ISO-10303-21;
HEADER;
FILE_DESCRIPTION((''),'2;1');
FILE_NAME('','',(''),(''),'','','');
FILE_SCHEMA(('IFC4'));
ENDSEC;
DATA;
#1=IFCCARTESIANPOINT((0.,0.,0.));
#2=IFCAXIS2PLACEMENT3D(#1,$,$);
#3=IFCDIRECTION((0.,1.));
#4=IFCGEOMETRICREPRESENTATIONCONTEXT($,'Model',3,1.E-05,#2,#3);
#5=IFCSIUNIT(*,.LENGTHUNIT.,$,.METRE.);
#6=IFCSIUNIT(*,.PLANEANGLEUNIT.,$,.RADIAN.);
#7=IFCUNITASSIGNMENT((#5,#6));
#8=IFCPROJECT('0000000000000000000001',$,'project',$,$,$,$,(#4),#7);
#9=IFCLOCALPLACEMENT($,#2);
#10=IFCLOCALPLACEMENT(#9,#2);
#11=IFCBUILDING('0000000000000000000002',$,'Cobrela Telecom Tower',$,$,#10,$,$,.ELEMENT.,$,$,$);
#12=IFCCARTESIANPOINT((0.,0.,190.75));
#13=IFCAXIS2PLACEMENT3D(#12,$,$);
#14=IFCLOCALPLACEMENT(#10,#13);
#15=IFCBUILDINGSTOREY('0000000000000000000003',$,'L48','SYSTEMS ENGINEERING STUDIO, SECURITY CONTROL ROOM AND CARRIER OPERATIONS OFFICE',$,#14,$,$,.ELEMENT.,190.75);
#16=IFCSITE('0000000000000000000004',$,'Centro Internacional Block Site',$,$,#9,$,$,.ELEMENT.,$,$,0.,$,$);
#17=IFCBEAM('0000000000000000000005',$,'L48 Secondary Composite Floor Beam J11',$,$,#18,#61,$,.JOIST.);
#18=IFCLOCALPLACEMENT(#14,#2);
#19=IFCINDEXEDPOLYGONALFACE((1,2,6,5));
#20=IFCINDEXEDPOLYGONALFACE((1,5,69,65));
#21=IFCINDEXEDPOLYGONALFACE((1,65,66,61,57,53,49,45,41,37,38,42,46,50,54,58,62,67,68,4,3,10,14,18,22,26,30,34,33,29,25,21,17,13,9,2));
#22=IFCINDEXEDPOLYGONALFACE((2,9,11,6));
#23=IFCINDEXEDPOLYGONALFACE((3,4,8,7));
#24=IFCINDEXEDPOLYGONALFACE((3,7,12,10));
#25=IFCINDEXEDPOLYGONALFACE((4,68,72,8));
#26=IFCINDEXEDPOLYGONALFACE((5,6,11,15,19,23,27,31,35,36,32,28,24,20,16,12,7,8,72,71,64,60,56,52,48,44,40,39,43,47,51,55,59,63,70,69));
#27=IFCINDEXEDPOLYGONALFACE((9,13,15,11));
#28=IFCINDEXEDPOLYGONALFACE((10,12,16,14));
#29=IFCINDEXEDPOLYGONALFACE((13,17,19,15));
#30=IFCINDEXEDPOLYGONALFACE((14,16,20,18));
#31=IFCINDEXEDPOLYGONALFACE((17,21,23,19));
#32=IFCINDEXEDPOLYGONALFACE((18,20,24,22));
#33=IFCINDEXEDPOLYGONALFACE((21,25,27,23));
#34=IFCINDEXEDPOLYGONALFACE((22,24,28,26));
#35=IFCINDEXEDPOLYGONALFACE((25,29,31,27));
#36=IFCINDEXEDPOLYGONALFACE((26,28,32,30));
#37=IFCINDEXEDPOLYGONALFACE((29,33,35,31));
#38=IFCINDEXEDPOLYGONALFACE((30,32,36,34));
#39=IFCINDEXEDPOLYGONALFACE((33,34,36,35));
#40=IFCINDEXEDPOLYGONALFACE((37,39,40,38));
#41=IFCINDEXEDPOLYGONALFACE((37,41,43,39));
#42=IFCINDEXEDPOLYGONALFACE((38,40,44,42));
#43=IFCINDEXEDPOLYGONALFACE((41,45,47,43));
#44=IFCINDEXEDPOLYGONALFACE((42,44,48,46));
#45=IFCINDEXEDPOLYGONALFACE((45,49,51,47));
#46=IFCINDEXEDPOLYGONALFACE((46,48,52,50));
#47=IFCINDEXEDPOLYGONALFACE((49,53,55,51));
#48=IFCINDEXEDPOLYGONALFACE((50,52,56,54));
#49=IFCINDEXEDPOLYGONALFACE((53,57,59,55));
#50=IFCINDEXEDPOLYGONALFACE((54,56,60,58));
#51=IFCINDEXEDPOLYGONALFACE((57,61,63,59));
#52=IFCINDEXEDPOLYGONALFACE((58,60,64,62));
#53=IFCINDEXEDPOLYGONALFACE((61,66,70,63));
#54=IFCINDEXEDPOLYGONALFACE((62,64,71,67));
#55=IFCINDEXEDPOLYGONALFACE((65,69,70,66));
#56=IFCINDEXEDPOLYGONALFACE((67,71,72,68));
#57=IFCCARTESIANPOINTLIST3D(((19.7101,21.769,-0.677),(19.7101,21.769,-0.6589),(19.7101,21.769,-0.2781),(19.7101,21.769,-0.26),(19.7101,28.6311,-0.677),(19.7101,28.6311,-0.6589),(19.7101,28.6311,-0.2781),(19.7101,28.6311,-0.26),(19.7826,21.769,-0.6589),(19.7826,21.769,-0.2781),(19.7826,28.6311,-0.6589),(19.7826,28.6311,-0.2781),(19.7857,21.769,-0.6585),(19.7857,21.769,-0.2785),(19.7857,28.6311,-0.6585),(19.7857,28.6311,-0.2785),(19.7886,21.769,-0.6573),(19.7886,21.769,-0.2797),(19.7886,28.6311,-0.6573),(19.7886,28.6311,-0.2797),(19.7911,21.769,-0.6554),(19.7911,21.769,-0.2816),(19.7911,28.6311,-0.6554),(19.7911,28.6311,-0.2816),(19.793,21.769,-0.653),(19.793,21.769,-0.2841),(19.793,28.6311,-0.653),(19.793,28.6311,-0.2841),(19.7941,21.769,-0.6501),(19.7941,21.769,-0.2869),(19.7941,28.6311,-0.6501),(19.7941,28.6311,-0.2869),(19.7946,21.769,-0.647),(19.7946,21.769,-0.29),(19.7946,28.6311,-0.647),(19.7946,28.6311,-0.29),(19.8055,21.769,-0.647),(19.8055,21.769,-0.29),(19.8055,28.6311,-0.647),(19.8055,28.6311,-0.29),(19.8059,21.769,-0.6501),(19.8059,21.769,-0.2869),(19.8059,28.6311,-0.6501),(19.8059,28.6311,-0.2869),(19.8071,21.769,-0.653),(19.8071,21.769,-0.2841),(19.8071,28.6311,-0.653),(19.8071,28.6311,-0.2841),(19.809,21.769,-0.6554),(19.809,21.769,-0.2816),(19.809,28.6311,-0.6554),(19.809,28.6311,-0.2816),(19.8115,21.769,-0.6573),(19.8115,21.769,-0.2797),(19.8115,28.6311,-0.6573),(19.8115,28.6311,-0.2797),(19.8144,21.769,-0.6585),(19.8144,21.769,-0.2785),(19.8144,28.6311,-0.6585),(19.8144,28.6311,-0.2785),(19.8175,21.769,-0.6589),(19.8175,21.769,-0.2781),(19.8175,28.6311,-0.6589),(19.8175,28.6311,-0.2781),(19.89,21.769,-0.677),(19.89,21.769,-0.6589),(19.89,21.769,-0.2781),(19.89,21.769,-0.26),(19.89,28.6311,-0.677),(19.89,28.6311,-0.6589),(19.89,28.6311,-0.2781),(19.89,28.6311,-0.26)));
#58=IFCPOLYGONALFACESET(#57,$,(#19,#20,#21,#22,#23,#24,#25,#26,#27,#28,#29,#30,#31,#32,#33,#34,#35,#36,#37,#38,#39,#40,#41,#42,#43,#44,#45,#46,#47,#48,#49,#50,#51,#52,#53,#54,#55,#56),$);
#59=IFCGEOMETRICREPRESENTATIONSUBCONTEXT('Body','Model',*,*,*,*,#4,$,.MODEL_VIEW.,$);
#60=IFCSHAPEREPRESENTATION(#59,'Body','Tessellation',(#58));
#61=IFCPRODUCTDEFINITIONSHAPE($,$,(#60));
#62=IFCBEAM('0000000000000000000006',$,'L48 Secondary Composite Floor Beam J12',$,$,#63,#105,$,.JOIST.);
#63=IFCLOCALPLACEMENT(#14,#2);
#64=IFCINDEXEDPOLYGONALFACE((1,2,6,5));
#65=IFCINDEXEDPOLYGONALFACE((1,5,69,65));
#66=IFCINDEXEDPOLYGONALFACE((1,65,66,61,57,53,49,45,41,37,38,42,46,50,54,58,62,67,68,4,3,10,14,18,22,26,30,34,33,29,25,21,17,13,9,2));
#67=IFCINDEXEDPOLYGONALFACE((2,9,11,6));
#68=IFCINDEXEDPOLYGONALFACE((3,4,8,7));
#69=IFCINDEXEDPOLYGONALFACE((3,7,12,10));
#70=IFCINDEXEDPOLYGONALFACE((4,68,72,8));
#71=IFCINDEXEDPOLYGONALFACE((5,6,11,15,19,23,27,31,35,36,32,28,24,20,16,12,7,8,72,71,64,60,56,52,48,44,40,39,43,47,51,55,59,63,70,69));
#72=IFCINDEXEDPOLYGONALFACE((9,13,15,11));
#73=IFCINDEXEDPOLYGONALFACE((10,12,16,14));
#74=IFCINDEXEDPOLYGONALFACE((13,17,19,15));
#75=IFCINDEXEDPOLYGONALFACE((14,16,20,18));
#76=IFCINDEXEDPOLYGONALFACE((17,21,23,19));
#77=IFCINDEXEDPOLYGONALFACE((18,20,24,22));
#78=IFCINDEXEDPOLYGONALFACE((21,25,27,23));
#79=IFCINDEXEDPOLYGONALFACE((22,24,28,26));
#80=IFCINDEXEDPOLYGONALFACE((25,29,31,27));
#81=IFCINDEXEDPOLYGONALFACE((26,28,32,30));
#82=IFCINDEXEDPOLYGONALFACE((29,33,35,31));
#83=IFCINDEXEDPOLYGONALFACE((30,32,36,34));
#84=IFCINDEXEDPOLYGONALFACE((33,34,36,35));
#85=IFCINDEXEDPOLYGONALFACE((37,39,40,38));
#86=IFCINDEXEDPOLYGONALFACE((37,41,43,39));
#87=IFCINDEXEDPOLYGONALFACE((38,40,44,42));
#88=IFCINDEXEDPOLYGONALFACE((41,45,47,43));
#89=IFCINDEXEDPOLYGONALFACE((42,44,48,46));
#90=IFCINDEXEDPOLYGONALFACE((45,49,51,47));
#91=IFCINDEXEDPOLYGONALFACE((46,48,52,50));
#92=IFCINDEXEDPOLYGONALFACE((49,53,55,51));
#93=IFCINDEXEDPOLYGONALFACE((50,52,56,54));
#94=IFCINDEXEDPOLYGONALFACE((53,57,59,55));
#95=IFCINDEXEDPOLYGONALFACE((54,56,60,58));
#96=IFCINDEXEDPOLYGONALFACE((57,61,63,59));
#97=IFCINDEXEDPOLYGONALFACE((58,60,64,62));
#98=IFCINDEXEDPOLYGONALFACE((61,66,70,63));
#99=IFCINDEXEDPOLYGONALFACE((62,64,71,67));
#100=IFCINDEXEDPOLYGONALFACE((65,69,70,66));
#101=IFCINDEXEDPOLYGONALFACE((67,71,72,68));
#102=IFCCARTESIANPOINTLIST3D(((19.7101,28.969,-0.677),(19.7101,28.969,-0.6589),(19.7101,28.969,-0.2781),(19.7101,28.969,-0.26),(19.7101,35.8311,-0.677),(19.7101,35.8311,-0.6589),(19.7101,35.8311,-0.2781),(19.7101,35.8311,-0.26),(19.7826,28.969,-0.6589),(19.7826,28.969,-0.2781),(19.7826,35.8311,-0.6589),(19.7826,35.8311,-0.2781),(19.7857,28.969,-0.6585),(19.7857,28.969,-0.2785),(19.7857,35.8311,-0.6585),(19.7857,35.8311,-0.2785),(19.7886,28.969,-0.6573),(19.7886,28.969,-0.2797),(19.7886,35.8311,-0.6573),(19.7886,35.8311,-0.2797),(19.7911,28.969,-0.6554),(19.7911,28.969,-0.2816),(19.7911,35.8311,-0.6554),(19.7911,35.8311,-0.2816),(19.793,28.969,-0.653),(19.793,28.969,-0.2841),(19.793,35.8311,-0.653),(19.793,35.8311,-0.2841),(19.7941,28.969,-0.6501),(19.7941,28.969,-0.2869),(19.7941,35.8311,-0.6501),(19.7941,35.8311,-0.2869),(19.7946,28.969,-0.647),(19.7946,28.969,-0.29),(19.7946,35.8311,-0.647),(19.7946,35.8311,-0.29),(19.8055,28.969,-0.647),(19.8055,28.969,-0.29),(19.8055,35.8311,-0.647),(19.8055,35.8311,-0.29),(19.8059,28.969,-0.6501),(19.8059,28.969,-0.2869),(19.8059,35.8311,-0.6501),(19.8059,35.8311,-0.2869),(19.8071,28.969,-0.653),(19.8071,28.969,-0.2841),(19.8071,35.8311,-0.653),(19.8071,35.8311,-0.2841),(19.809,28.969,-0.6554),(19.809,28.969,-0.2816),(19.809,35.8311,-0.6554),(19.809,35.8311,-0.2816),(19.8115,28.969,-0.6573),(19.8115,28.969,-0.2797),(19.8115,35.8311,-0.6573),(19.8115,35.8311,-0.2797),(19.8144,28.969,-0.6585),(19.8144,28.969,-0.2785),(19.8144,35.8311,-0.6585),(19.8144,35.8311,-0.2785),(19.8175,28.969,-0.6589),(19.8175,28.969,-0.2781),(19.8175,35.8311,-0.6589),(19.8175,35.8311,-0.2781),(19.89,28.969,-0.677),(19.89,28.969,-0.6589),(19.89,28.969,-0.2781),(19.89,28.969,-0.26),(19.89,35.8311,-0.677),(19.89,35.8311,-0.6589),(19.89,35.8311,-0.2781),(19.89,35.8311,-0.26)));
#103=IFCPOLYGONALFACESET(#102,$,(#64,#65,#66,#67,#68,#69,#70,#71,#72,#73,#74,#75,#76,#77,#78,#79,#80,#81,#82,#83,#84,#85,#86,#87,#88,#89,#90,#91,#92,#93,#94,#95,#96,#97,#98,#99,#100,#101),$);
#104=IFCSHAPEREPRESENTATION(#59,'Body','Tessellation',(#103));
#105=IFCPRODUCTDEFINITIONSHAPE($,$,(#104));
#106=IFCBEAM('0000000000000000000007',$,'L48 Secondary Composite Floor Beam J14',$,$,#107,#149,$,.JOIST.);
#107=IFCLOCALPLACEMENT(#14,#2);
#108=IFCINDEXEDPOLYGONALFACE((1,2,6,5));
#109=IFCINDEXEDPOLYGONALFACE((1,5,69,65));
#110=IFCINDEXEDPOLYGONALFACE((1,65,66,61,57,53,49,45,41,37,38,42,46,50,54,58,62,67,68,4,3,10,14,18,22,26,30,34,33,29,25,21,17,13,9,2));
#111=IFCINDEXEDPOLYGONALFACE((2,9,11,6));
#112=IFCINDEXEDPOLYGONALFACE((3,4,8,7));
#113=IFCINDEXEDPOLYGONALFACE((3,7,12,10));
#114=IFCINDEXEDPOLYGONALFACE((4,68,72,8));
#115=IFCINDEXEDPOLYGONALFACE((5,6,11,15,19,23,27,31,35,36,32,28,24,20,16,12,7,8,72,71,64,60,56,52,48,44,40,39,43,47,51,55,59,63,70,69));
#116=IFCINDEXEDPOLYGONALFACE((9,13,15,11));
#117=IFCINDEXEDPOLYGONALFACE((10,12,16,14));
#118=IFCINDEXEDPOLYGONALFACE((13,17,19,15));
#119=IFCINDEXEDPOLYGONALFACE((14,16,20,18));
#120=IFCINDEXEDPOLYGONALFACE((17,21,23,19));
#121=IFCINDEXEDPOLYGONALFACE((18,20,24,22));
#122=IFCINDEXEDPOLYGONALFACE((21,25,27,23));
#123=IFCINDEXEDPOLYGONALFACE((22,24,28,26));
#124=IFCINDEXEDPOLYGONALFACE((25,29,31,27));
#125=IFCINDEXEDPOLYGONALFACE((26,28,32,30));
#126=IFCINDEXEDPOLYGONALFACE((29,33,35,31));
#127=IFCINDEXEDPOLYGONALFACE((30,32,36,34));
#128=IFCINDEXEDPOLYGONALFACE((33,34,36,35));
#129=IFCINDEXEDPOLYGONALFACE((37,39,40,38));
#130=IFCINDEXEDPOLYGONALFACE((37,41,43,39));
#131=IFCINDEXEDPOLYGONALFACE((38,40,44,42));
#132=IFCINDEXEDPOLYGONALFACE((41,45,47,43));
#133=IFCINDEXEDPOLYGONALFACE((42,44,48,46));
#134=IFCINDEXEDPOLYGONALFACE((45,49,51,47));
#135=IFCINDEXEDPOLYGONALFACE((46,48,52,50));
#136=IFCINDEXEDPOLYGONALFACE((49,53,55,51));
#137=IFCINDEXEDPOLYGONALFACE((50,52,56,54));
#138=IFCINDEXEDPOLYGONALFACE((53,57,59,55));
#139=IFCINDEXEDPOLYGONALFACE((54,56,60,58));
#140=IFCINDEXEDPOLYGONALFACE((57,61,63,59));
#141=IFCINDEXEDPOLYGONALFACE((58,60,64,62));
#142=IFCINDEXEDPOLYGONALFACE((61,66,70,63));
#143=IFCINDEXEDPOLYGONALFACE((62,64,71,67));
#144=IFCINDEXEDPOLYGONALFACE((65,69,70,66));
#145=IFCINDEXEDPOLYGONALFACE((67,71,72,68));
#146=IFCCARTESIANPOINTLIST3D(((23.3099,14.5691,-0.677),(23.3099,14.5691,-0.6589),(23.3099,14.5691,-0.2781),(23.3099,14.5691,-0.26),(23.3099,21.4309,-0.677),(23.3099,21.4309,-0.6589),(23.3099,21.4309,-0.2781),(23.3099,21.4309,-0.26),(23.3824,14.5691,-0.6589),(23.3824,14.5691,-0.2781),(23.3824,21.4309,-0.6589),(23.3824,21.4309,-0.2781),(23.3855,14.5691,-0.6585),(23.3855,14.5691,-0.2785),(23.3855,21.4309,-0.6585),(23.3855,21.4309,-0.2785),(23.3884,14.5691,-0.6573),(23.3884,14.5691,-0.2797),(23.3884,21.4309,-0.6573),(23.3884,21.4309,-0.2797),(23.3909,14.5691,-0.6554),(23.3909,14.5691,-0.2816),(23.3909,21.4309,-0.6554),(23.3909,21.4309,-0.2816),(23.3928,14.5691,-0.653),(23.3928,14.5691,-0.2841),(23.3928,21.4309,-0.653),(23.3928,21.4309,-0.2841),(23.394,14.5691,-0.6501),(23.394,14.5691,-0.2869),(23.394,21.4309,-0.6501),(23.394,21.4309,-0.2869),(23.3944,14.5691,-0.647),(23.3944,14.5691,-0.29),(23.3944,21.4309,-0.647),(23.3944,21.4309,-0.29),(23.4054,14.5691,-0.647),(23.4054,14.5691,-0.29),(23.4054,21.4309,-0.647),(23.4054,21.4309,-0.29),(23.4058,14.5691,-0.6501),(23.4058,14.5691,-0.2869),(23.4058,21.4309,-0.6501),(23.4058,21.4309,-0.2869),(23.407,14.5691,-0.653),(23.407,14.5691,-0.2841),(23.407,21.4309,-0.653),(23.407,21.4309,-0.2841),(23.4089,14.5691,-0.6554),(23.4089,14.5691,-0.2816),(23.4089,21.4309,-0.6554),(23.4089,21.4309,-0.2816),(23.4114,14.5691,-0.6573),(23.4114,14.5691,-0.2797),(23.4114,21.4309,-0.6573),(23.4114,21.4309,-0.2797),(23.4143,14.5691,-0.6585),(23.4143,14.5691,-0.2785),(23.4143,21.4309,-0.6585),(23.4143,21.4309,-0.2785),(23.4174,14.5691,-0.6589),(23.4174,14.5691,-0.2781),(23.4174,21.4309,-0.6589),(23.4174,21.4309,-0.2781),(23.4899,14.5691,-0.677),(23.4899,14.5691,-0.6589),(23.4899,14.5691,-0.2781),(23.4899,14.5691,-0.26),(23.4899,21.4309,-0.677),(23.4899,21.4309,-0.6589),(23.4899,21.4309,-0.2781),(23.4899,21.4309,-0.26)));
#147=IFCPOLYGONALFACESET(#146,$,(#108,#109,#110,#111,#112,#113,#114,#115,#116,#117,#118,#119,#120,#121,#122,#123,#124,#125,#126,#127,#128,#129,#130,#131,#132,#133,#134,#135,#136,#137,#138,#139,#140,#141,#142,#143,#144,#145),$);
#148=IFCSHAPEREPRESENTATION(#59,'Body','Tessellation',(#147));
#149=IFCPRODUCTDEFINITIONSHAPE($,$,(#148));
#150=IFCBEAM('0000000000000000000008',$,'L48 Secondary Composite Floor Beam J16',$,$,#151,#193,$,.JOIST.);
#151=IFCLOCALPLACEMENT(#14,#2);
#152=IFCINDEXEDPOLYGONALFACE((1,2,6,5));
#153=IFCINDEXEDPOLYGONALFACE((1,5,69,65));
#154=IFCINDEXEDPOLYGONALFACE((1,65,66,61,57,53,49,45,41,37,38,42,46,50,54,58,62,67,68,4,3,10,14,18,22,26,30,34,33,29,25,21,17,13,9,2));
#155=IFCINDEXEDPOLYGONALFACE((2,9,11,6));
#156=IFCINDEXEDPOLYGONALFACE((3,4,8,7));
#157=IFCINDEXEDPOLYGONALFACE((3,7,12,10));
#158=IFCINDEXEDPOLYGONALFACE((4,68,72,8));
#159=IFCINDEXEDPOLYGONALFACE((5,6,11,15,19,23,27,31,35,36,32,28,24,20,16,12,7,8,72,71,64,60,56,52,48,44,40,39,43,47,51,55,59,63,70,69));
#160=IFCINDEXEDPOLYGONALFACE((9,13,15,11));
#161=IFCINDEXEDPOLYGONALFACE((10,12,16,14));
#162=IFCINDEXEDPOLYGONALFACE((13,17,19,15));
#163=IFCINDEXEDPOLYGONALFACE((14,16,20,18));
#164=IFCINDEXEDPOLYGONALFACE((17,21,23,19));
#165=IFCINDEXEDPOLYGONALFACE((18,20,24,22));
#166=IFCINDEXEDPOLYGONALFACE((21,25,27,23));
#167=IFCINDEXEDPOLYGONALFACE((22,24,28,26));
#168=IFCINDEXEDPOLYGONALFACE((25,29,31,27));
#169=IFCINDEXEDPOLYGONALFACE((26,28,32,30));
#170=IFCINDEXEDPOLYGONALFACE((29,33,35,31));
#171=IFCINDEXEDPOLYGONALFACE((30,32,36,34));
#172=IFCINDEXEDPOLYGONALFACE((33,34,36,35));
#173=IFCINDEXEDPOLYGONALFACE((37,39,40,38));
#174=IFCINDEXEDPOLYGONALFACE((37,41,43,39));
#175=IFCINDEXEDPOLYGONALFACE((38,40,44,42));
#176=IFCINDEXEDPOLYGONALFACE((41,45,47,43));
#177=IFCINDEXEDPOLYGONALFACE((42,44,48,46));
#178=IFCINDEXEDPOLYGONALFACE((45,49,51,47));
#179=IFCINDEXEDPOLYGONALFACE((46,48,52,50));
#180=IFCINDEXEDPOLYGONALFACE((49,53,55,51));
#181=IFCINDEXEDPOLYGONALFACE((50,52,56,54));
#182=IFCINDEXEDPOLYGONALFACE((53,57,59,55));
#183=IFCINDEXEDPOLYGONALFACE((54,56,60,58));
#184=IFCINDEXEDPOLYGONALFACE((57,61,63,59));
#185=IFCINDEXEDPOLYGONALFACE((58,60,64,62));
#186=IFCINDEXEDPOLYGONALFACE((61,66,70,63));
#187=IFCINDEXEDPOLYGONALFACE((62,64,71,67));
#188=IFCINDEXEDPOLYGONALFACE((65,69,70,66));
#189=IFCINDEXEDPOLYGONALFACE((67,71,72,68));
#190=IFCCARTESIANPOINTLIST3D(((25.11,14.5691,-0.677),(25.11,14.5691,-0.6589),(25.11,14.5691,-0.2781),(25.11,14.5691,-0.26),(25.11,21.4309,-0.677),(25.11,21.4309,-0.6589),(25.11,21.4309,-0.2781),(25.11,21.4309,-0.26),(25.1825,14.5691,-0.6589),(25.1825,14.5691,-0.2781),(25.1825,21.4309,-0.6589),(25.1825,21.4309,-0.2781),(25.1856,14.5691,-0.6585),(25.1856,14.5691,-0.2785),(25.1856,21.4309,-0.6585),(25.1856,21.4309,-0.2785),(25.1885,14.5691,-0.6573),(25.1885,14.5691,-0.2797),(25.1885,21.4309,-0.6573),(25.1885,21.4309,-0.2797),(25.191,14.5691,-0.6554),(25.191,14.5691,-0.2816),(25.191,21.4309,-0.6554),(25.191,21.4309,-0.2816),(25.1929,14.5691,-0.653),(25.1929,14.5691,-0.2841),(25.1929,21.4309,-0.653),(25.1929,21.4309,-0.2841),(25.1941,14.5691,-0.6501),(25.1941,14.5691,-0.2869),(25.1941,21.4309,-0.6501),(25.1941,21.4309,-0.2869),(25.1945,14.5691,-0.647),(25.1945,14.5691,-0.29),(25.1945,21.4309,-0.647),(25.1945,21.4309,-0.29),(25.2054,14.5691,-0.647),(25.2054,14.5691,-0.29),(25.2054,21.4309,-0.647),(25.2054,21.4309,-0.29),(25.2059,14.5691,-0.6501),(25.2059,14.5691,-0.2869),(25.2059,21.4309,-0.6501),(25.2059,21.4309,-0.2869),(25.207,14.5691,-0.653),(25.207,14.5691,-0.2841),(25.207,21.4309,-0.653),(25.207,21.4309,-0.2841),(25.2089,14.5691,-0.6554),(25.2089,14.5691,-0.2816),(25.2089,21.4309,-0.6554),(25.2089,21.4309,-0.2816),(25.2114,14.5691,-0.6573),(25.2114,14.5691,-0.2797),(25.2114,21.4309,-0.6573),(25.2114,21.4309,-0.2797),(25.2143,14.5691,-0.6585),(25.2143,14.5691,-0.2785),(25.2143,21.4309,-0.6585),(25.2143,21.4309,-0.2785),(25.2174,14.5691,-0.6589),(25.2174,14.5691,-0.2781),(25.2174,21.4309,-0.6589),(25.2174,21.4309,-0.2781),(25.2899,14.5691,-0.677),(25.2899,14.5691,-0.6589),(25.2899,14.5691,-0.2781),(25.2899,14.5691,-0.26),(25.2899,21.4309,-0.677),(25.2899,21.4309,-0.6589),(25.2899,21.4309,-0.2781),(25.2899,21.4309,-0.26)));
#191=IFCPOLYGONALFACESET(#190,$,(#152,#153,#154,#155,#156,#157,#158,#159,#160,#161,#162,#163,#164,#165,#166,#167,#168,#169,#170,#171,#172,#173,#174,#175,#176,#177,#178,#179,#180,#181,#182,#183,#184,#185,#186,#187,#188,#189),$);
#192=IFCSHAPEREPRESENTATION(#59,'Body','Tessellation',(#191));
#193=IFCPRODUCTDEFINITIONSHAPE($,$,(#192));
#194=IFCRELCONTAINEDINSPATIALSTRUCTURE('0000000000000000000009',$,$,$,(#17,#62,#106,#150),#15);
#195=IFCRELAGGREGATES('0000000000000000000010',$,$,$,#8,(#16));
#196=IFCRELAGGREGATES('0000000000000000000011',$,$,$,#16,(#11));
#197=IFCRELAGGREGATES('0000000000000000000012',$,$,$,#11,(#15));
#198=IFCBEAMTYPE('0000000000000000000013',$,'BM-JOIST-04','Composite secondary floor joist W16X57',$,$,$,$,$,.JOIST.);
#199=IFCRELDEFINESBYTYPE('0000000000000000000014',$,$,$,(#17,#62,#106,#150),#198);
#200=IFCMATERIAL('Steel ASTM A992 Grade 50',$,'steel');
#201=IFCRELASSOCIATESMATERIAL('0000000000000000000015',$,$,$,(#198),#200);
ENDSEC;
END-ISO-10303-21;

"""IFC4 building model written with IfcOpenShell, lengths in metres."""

from ifc_helpers import new_model, si_unit, direction, frame, origin, origin_2d, place, context, subcontext, project, spatial, i_section, extrude, material, material_profile, profile_set, type_object, element, save


model = new_model("IFC4")

# Units and contexts
model_context = context("Model", 3, precision=1e-05, world=origin(), true_north=direction((0.0, 1.0)))
body_context = subcontext(model_context, "Body", "Model", "MODEL_VIEW")
ifc_project = project(units=[si_unit("LENGTHUNIT", "METRE"), si_unit("PLANEANGLEUNIT", "RADIAN")], contexts=[model_context])

# Site, building, storey
site_placement = place(None, origin())
site = spatial("IfcSite", under=ifc_project, at=site_placement, Name="Centro Internacional Block Site", CompositionType="ELEMENT", RefElevation=0.0)
building_placement = place(site_placement, origin())
building = spatial("IfcBuilding", under=site, at=building_placement, Name="Cobrela Telecom Tower", CompositionType="ELEMENT")
storey_placement = place(building_placement, frame((0.0, 0.0, 190.75)))
storey = spatial("IfcBuildingStorey", under=building, at=storey_placement, Name="L48", Description="SYSTEMS ENGINEERING STUDIO, SECURITY CONTROL ROOM AND CARRIER OPERATIONS OFFICE", CompositionType="ELEMENT", Elevation=190.75)

# Shared definitions
ifc_material_1 = material(Name="Steel ASTM A992 Grade 50", Category="steel")

# Beams
ifc_material_profile_1 = material_profile(ifc_material_1, i_section(OverallWidth=0.1799, OverallDepth=0.417, WebThickness=0.011, FlangeThickness=0.0181, FilletRadius=0.012, at=origin_2d()), Name="W16X57")
ifc_profile_set_1 = profile_set([ifc_material_profile_1], Name="Steel ASTM A992 Grade 50")
beam_type_1 = type_object("IfcBeamType", Name="BM-JOIST-04", Description="Composite secondary floor joist W16X57", PredefinedType="JOIST", material=ifc_profile_set_1)
for number, where, z_axis, x_axis, name in (
    (1, (19.8, 21.769, -0.4685), (0.0, 1.0, 0.0), (-1.0, 0.0, 0.0), "L48 Secondary Composite Floor Beam J11"),
    (2, (19.8, 28.969, -0.4685), (0.0, 1.0, 0.0), (-1.0, 0.0, 0.0), "L48 Secondary Composite Floor Beam J12"),
):
    element("IfcBeam", number, at=place(storey_placement, frame(where, z_axis=z_axis, x_axis=x_axis)), inside=storey, type_object=beam_type_1, Name=name, PredefinedType="JOIST", context=body_context, shape_type="SweptSolid", body=[
        extrude(i_section(OverallWidth=0.1799, OverallDepth=0.417, WebThickness=0.011, FlangeThickness=0.0181, FilletRadius=0.012, at=origin_2d()), origin(), (0.0, 0.0, 1.0), 6.8621),
    ])
for number, where, z_axis, x_axis, name in (
    (3, (23.3999, 14.5691, -0.4685), (0.0, 1.0, 0.0), (-1.0, 0.0, 0.0), "L48 Secondary Composite Floor Beam J14"),
    (4, (25.2, 14.5691, -0.4685), (0.0, 1.0, 0.0), (-1.0, 0.0, 0.0), "L48 Secondary Composite Floor Beam J16"),
):
    element("IfcBeam", number, at=place(storey_placement, frame(where, z_axis=z_axis, x_axis=x_axis)), inside=storey, type_object=beam_type_1, Name=name, PredefinedType="JOIST", context=body_context, shape_type="SweptSolid", body=[
        extrude(i_section(OverallWidth=0.1799, OverallDepth=0.417, WebThickness=0.011, FlangeThickness=0.0181, FilletRadius=0.012, at=origin_2d()), origin(), (0.0, 0.0, 1.0), 6.8618),
    ])

save(model, "model.ifc")
